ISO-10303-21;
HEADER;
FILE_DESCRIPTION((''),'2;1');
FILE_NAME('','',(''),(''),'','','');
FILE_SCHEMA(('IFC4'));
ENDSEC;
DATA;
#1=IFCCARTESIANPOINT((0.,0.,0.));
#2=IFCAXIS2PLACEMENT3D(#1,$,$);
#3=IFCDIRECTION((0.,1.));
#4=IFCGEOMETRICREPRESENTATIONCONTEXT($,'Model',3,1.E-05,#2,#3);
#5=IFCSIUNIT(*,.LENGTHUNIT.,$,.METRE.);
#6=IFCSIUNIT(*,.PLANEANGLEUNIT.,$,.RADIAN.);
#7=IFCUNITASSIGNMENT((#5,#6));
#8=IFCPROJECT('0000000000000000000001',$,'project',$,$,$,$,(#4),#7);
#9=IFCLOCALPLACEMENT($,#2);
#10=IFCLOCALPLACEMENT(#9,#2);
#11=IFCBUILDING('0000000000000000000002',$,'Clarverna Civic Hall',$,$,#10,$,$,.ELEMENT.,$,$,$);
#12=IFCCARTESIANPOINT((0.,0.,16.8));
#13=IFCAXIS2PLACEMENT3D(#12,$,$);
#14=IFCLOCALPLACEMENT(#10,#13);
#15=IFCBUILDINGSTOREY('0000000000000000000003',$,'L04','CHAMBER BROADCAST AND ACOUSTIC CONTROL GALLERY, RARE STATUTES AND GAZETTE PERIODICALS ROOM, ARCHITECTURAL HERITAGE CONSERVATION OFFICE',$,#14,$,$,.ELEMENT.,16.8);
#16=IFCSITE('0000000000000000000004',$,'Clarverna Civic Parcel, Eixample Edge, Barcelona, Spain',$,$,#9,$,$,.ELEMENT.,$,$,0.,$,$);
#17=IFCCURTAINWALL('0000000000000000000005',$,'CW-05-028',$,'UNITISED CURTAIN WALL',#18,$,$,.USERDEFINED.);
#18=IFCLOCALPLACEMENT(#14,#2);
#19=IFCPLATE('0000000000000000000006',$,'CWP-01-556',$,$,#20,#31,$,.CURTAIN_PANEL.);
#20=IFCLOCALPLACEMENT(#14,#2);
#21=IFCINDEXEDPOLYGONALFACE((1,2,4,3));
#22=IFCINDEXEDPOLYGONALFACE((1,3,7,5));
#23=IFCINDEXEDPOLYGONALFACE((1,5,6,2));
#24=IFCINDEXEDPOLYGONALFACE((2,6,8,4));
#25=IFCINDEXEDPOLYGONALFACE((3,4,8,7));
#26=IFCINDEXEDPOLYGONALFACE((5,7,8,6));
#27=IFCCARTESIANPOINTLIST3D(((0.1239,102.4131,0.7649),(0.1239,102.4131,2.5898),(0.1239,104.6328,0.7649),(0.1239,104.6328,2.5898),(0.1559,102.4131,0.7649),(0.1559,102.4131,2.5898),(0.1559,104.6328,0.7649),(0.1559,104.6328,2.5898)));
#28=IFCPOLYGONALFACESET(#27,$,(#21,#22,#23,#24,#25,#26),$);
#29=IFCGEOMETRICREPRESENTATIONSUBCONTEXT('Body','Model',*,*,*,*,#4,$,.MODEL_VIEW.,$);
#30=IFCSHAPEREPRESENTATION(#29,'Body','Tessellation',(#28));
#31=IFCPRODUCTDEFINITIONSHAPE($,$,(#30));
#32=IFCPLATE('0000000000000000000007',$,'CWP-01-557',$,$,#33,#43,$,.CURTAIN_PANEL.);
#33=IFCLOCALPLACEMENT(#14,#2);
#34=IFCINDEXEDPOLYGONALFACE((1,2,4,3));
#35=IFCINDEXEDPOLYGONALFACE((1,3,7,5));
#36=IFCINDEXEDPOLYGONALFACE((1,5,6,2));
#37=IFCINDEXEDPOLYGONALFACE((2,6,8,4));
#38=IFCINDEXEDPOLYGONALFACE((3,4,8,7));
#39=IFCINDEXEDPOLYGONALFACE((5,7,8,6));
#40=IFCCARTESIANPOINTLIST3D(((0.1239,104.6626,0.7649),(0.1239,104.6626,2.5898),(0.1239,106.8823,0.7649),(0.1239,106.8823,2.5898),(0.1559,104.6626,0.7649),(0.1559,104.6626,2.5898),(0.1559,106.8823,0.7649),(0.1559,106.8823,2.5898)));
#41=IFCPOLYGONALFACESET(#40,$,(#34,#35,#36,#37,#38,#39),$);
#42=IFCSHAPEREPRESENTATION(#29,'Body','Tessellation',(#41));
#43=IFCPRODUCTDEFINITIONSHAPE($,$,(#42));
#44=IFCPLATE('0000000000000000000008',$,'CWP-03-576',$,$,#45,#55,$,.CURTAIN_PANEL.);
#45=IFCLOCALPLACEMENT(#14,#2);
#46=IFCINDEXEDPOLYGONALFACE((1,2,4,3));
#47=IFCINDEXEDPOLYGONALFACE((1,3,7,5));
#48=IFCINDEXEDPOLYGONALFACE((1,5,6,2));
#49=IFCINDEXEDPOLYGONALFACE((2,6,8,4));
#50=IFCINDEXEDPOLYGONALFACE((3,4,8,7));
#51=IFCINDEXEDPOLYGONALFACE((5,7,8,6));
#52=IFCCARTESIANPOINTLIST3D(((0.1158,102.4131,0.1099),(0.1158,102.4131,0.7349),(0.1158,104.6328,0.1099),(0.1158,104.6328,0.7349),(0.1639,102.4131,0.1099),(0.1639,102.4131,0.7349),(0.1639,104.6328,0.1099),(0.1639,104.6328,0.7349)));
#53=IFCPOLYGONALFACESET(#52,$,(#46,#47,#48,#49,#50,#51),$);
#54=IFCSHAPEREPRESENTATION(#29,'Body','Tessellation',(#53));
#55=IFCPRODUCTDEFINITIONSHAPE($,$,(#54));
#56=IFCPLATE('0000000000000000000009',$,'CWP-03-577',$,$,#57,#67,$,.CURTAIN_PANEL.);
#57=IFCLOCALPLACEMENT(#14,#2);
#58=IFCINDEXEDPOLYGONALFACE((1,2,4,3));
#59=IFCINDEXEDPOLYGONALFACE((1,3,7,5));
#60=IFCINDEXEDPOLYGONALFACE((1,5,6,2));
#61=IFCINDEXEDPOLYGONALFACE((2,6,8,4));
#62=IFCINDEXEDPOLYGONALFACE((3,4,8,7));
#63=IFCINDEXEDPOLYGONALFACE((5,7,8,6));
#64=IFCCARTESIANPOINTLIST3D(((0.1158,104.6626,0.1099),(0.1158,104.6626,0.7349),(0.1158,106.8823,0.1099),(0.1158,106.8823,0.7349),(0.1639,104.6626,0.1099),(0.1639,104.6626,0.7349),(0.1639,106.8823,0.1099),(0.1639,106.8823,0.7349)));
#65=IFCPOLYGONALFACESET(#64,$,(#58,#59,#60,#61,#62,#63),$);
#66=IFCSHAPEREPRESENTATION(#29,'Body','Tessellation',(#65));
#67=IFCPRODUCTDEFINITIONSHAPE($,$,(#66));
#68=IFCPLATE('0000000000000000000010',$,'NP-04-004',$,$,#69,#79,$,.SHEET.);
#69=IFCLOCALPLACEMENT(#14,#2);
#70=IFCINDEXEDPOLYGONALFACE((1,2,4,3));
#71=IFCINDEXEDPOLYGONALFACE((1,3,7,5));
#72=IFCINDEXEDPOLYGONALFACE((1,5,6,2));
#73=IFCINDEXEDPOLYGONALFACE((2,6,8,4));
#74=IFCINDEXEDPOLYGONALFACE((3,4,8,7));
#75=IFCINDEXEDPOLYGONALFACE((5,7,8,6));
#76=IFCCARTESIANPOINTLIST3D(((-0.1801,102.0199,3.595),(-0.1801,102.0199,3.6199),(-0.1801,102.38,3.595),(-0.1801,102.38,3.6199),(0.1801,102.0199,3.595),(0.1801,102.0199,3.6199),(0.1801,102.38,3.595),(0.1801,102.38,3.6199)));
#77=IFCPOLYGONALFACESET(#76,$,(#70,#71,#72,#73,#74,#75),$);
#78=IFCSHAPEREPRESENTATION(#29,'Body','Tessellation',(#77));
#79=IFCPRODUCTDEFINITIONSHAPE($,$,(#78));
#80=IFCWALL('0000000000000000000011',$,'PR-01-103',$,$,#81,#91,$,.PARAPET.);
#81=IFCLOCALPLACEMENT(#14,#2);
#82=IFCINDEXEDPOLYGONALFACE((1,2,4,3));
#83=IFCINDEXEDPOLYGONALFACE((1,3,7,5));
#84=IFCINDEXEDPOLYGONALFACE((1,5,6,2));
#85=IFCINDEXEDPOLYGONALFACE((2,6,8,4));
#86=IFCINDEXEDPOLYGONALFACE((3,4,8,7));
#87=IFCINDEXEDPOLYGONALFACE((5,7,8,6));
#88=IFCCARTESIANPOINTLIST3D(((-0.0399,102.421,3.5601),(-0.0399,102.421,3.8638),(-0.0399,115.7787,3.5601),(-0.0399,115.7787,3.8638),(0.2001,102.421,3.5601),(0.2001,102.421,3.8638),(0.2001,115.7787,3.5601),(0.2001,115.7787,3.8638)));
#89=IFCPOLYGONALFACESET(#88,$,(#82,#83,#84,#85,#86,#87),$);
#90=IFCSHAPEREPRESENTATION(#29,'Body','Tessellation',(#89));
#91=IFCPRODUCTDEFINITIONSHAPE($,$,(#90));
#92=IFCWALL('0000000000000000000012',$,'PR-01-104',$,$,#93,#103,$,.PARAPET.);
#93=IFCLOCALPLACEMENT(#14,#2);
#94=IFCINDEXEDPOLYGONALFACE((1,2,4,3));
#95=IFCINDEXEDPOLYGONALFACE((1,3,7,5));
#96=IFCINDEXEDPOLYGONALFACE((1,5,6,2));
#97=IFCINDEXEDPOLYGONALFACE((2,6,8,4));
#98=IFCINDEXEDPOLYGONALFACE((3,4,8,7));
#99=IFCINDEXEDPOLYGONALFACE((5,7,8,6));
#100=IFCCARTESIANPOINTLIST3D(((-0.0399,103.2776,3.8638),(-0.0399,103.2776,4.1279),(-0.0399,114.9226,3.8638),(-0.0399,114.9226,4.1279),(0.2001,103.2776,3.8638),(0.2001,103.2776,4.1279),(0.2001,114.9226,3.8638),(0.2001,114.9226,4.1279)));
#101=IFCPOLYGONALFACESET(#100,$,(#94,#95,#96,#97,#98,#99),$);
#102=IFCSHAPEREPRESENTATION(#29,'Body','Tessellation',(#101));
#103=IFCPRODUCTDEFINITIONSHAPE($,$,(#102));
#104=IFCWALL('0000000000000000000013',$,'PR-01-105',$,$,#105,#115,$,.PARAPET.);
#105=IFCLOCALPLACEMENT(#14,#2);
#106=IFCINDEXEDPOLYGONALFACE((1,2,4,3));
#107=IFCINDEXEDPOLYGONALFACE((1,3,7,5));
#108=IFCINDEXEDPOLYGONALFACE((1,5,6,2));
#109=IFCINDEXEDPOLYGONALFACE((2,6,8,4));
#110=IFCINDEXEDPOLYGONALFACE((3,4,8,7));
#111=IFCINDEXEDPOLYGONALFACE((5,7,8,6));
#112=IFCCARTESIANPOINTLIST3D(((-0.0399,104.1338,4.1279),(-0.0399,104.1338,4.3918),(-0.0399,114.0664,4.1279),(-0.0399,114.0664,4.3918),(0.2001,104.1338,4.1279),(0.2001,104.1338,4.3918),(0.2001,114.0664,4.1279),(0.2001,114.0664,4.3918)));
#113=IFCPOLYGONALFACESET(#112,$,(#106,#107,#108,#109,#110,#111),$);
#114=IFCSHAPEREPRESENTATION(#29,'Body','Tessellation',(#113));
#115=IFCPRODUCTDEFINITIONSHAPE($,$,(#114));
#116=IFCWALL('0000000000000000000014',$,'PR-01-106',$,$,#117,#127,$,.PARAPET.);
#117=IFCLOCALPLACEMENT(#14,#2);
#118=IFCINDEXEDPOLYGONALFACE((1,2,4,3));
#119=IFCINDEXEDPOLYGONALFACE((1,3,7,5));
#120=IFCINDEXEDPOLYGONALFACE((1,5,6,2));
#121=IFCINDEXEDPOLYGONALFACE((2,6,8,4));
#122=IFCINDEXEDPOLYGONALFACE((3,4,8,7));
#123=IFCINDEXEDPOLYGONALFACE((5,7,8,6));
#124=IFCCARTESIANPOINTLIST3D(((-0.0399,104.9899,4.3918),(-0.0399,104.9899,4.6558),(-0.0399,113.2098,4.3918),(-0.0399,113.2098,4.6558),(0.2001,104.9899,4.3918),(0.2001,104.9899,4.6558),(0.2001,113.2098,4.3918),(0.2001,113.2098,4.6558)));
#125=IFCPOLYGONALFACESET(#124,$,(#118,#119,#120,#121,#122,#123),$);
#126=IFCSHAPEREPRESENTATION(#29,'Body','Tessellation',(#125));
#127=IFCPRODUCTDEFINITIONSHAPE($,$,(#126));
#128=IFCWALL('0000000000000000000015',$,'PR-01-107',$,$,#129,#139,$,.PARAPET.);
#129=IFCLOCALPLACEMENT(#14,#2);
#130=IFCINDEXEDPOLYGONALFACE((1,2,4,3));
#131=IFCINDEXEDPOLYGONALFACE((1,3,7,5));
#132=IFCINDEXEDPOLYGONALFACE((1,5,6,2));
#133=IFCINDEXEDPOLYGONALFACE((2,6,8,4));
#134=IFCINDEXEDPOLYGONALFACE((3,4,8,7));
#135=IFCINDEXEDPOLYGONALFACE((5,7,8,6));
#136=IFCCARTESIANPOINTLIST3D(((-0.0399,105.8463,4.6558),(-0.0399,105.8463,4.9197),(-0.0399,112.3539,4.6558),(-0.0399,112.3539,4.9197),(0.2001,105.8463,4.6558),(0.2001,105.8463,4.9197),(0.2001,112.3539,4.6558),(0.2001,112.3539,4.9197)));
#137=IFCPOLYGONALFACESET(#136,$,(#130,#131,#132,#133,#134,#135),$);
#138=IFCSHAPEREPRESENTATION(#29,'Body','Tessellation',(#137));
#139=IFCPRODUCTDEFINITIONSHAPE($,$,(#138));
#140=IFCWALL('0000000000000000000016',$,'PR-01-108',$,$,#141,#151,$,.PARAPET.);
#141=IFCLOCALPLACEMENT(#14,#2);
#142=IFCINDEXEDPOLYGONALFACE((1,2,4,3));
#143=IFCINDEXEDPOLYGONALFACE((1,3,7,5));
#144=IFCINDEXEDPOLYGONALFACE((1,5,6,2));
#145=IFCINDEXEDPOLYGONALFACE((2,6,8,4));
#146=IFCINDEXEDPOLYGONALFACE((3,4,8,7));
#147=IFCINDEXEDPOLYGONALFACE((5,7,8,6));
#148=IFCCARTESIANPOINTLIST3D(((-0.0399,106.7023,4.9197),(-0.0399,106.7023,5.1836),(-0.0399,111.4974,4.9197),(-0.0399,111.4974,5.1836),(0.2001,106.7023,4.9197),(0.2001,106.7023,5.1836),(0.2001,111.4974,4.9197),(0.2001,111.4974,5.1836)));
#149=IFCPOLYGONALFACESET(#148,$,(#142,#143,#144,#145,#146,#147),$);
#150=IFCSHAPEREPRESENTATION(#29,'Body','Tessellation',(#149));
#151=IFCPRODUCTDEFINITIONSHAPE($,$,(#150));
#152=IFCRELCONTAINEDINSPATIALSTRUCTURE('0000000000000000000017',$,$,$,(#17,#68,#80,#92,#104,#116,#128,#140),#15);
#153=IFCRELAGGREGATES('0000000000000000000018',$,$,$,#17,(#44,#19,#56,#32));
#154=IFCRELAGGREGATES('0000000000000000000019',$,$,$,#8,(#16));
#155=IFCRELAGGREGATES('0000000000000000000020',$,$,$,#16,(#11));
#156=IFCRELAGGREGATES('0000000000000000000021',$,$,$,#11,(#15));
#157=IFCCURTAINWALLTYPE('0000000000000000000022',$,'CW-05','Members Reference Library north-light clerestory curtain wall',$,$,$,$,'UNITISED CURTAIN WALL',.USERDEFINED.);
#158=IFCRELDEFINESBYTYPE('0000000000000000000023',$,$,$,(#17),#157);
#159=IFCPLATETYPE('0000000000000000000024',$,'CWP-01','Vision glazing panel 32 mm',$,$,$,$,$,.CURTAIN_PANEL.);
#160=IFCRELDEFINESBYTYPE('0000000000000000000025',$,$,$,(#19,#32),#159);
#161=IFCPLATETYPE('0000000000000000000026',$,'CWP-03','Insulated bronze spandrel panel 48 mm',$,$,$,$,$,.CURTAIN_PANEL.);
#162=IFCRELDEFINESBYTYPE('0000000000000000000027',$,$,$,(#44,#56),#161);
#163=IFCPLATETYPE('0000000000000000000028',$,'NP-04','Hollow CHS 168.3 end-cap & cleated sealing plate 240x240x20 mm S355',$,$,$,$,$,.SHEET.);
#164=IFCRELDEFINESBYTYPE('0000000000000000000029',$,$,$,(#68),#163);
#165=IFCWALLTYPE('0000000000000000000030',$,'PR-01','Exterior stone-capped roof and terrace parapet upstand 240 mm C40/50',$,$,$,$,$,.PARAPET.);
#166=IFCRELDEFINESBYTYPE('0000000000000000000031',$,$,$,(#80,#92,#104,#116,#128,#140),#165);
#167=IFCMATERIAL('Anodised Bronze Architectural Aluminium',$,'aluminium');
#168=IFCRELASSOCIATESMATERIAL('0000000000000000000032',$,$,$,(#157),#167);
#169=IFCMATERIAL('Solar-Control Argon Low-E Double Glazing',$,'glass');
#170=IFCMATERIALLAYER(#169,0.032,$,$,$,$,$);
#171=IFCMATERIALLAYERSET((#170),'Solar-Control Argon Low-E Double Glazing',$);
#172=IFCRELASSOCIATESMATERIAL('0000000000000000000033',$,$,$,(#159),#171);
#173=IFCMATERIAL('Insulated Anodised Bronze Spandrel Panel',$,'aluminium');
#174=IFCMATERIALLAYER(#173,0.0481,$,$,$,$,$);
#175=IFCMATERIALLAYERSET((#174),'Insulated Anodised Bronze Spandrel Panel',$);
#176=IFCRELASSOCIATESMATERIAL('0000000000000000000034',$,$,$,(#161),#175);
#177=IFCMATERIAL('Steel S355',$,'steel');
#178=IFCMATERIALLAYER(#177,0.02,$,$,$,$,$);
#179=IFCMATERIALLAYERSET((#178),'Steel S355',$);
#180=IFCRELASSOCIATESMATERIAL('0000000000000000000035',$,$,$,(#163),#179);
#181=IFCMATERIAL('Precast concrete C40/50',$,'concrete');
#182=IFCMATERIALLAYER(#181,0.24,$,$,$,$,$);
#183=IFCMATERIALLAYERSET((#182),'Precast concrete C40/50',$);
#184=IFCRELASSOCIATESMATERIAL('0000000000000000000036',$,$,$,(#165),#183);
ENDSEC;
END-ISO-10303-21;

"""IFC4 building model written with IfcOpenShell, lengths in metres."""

from ifc_helpers import new_model, si_unit, direction, frame, frame_2d, origin, origin_2d, place, context, subcontext, project, spatial, rectangle, extrude, material, layer, layer_set, type_object, element, aggregate, save


model = new_model("IFC4")

# Units and contexts
model_context = context("Model", 3, precision=1e-05, world=origin(), true_north=direction((0.0, 1.0)))
body_context = subcontext(model_context, "Body", "Model", "MODEL_VIEW")
ifc_project = project(units=[si_unit("LENGTHUNIT", "METRE"), si_unit("PLANEANGLEUNIT", "RADIAN")], contexts=[model_context])

# Site, building, storey
site_placement = place(None, origin())
site = spatial("IfcSite", under=ifc_project, at=site_placement, Name="Clarverna Civic Parcel, Eixample Edge, Barcelona, Spain", CompositionType="ELEMENT", RefElevation=0.0)
building_placement = place(site_placement, origin())
building = spatial("IfcBuilding", under=site, at=building_placement, Name="Clarverna Civic Hall", CompositionType="ELEMENT")
storey_placement = place(building_placement, frame((0.0, 0.0, 16.8)))
storey = spatial("IfcBuildingStorey", under=building, at=storey_placement, Name="L04", Description="CHAMBER BROADCAST AND ACOUSTIC CONTROL GALLERY, RARE STATUTES AND GAZETTE PERIODICALS ROOM, ARCHITECTURAL HERITAGE CONSERVATION OFFICE", CompositionType="ELEMENT", Elevation=16.8)

# Shared definitions
ifc_material_1 = material(Name="Steel S355", Category="steel")

# Curtain wall, plates
ifc_material_2 = material(Name="Anodised Bronze Architectural Aluminium", Category="aluminium")
curtain_wall_type = type_object("IfcCurtainWallType", Name="CW-05", Description="Members Reference Library north-light clerestory curtain wall", ElementType="UNITISED CURTAIN WALL", PredefinedType="USERDEFINED", material=ifc_material_2)
curtain_wall_placement = place(storey_placement, origin())
curtain_wall = element("IfcCurtainWall", 1, at=curtain_wall_placement, inside=storey, type_object=curtain_wall_type, Name="CW-05-028", ObjectType="UNITISED CURTAIN WALL", PredefinedType="USERDEFINED")
ifc_material_3 = material(Name="Solar-Control Argon Low-E Double Glazing", Category="glass")
ifc_layer_1 = layer(ifc_material_3, 0.032)
ifc_layer_set_1 = layer_set([ifc_layer_1], Name="Solar-Control Argon Low-E Double Glazing")
plate_type_1 = type_object("IfcPlateType", Name="CWP-01", Description="Vision glazing panel 32 mm", PredefinedType="CURTAIN_PANEL", material=ifc_layer_set_1)
plate_1_placement = place(storey_placement, frame((0.1399, 102.4131, 0.7649), z_axis=(0.0, 0.0, 1.0), x_axis=(0.0, 1.0, 0.0)))
plate_1 = element("IfcPlate", 2, at=plate_1_placement, type_object=plate_type_1, Name="CWP-01-556", PredefinedType="CURTAIN_PANEL", context=body_context, shape_type="SweptSolid", body=[
    extrude(rectangle(XDim=2.2197, YDim=0.032, at=frame_2d((1.1099, 0.0))), origin(), (0.0, 0.0, 1.0), 1.825),
])
plate_2_placement = place(storey_placement, frame((0.1399, 104.6626, 0.7649), z_axis=(0.0, 0.0, 1.0), x_axis=(0.0, 1.0, 0.0)))
plate_2 = element("IfcPlate", 3, at=plate_2_placement, type_object=plate_type_1, Name="CWP-01-557", PredefinedType="CURTAIN_PANEL", context=body_context, shape_type="SweptSolid", body=[
    extrude(rectangle(XDim=2.2197, YDim=0.032, at=frame_2d((1.1099, 0.0))), origin(), (0.0, 0.0, 1.0), 1.825),
])
ifc_material_4 = material(Name="Insulated Anodised Bronze Spandrel Panel", Category="aluminium")
ifc_layer_2 = layer(ifc_material_4, 0.0481)
ifc_layer_set_2 = layer_set([ifc_layer_2], Name="Insulated Anodised Bronze Spandrel Panel")
plate_type_2 = type_object("IfcPlateType", Name="CWP-03", Description="Insulated bronze spandrel panel 48 mm", PredefinedType="CURTAIN_PANEL", material=ifc_layer_set_2)
plate_3_placement = place(storey_placement, frame((0.1399, 102.4131, 0.1099), z_axis=(0.0, 0.0, 1.0), x_axis=(0.0, 1.0, 0.0)))
plate_3 = element("IfcPlate", 4, at=plate_3_placement, type_object=plate_type_2, Name="CWP-03-576", PredefinedType="CURTAIN_PANEL", context=body_context, shape_type="SweptSolid", body=[
    extrude(rectangle(XDim=2.2197, YDim=0.0481, at=frame_2d((1.1099, 0.0))), origin(), (0.0, 0.0, 1.0), 0.625),
])
plate_4_placement = place(storey_placement, frame((0.1399, 104.6626, 0.1099), z_axis=(0.0, 0.0, 1.0), x_axis=(0.0, 1.0, 0.0)))
plate_4 = element("IfcPlate", 5, at=plate_4_placement, type_object=plate_type_2, Name="CWP-03-577", PredefinedType="CURTAIN_PANEL", context=body_context, shape_type="SweptSolid", body=[
    extrude(rectangle(XDim=2.2197, YDim=0.0481, at=frame_2d((1.1099, 0.0))), origin(), (0.0, 0.0, 1.0), 0.625),
])
aggregate(curtain_wall, [plate_3, plate_1, plate_4, plate_2])

# Plate
ifc_layer_3 = layer(ifc_material_1, 0.02)
ifc_layer_set_3 = layer_set([ifc_layer_3], Name="Steel S355")
plate_type_3 = type_object("IfcPlateType", Name="NP-04", Description="Hollow CHS 168.3 end-cap & cleated sealing plate 240x240x20 mm S355", PredefinedType="SHEET", material=ifc_layer_set_3)
plate_5_placement = place(storey_placement, frame((0.0, 102.2, 3.595), z_axis=(0.0, 0.0, 1.0), x_axis=(1.0, 0.0, 0.0)))
element("IfcPlate", 6, at=plate_5_placement, inside=storey, type_object=plate_type_3, Name="NP-04-004", PredefinedType="SHEET", context=body_context, shape_type="SweptSolid", body=[
    extrude(rectangle(XDim=0.3601, YDim=0.3601, at=origin_2d()), origin(), (0.0, 0.0, 1.0), 0.0249),
])

# Walls
ifc_material_5 = material(Name="Precast concrete C40/50", Category="concrete")
ifc_layer_4 = layer(ifc_material_5, 0.24)
ifc_layer_set_4 = layer_set([ifc_layer_4], Name="Precast concrete C40/50")
wall_type = type_object("IfcWallType", Name="PR-01", Description="Exterior stone-capped roof and terrace parapet upstand 240 mm C40/50", PredefinedType="PARAPET", material=ifc_layer_set_4)
wall_1_placement = place(storey_placement, frame((0.0801, 102.4211, 3.5601), z_axis=(0.0, 0.0, 1.0), x_axis=(0.0, 1.0, 0.0)))
element("IfcWall", 7, at=wall_1_placement, inside=storey, type_object=wall_type, Name="PR-01-103", PredefinedType="PARAPET", context=body_context, shape_type="SweptSolid", body=[
    extrude(rectangle(XDim=13.3577, YDim=0.24, at=frame_2d((6.6787, 0.0))), origin(), (0.0, 0.0, 1.0), 0.3037),
])
wall_2_placement = place(storey_placement, frame((0.0801, 103.2776, 3.8638), z_axis=(0.0, 0.0, 1.0), x_axis=(0.0, 1.0, 0.0)))
element("IfcWall", 8, at=wall_2_placement, inside=storey, type_object=wall_type, Name="PR-01-104", PredefinedType="PARAPET", context=body_context, shape_type="SweptSolid", body=[
    extrude(rectangle(XDim=11.645, YDim=0.24, at=frame_2d((5.8225, 0.0))), origin(), (0.0, 0.0, 1.0), 0.2642),
])
wall_3_placement = place(storey_placement, frame((0.0801, 104.1338, 4.1279), z_axis=(0.0, 0.0, 1.0), x_axis=(0.0, 1.0, 0.0)))
element("IfcWall", 9, at=wall_3_placement, inside=storey, type_object=wall_type, Name="PR-01-105", PredefinedType="PARAPET", context=body_context, shape_type="SweptSolid", body=[
    extrude(rectangle(XDim=9.9326, YDim=0.24, at=frame_2d((4.9663, 0.0))), origin(), (0.0, 0.0, 1.0), 0.2639),
])
wall_4_placement = place(storey_placement, frame((0.0801, 104.99, 4.3918), z_axis=(0.0, 0.0, 1.0), x_axis=(0.0, 1.0, 0.0)))
element("IfcWall", 10, at=wall_4_placement, inside=storey, type_object=wall_type, Name="PR-01-106", PredefinedType="PARAPET", context=body_context, shape_type="SweptSolid", body=[
    extrude(rectangle(XDim=8.22, YDim=0.24, at=frame_2d((4.1099, 0.0))), origin(), (0.0, 0.0, 1.0), 0.2639),
])
wall_5_placement = place(storey_placement, frame((0.0801, 105.8462, 4.6558), z_axis=(0.0, 0.0, 1.0), x_axis=(0.0, 1.0, 0.0)))
element("IfcWall", 11, at=wall_5_placement, inside=storey, type_object=wall_type, Name="PR-01-107", PredefinedType="PARAPET", context=body_context, shape_type="SweptSolid", body=[
    extrude(rectangle(XDim=6.5076, YDim=0.24, at=frame_2d((3.2539, 0.0))), origin(), (0.0, 0.0, 1.0), 0.2639),
])
wall_6_placement = place(storey_placement, frame((0.0801, 106.7024, 4.9197), z_axis=(0.0, 0.0, 1.0), x_axis=(0.0, 1.0, 0.0)))
element("IfcWall", 12, at=wall_6_placement, inside=storey, type_object=wall_type, Name="PR-01-108", PredefinedType="PARAPET", context=body_context, shape_type="SweptSolid", body=[
    extrude(rectangle(XDim=4.7952, YDim=0.24, at=frame_2d((2.3975, 0.0))), origin(), (0.0, 0.0, 1.0), 0.2639),
])

save(model, "model.ifc")
